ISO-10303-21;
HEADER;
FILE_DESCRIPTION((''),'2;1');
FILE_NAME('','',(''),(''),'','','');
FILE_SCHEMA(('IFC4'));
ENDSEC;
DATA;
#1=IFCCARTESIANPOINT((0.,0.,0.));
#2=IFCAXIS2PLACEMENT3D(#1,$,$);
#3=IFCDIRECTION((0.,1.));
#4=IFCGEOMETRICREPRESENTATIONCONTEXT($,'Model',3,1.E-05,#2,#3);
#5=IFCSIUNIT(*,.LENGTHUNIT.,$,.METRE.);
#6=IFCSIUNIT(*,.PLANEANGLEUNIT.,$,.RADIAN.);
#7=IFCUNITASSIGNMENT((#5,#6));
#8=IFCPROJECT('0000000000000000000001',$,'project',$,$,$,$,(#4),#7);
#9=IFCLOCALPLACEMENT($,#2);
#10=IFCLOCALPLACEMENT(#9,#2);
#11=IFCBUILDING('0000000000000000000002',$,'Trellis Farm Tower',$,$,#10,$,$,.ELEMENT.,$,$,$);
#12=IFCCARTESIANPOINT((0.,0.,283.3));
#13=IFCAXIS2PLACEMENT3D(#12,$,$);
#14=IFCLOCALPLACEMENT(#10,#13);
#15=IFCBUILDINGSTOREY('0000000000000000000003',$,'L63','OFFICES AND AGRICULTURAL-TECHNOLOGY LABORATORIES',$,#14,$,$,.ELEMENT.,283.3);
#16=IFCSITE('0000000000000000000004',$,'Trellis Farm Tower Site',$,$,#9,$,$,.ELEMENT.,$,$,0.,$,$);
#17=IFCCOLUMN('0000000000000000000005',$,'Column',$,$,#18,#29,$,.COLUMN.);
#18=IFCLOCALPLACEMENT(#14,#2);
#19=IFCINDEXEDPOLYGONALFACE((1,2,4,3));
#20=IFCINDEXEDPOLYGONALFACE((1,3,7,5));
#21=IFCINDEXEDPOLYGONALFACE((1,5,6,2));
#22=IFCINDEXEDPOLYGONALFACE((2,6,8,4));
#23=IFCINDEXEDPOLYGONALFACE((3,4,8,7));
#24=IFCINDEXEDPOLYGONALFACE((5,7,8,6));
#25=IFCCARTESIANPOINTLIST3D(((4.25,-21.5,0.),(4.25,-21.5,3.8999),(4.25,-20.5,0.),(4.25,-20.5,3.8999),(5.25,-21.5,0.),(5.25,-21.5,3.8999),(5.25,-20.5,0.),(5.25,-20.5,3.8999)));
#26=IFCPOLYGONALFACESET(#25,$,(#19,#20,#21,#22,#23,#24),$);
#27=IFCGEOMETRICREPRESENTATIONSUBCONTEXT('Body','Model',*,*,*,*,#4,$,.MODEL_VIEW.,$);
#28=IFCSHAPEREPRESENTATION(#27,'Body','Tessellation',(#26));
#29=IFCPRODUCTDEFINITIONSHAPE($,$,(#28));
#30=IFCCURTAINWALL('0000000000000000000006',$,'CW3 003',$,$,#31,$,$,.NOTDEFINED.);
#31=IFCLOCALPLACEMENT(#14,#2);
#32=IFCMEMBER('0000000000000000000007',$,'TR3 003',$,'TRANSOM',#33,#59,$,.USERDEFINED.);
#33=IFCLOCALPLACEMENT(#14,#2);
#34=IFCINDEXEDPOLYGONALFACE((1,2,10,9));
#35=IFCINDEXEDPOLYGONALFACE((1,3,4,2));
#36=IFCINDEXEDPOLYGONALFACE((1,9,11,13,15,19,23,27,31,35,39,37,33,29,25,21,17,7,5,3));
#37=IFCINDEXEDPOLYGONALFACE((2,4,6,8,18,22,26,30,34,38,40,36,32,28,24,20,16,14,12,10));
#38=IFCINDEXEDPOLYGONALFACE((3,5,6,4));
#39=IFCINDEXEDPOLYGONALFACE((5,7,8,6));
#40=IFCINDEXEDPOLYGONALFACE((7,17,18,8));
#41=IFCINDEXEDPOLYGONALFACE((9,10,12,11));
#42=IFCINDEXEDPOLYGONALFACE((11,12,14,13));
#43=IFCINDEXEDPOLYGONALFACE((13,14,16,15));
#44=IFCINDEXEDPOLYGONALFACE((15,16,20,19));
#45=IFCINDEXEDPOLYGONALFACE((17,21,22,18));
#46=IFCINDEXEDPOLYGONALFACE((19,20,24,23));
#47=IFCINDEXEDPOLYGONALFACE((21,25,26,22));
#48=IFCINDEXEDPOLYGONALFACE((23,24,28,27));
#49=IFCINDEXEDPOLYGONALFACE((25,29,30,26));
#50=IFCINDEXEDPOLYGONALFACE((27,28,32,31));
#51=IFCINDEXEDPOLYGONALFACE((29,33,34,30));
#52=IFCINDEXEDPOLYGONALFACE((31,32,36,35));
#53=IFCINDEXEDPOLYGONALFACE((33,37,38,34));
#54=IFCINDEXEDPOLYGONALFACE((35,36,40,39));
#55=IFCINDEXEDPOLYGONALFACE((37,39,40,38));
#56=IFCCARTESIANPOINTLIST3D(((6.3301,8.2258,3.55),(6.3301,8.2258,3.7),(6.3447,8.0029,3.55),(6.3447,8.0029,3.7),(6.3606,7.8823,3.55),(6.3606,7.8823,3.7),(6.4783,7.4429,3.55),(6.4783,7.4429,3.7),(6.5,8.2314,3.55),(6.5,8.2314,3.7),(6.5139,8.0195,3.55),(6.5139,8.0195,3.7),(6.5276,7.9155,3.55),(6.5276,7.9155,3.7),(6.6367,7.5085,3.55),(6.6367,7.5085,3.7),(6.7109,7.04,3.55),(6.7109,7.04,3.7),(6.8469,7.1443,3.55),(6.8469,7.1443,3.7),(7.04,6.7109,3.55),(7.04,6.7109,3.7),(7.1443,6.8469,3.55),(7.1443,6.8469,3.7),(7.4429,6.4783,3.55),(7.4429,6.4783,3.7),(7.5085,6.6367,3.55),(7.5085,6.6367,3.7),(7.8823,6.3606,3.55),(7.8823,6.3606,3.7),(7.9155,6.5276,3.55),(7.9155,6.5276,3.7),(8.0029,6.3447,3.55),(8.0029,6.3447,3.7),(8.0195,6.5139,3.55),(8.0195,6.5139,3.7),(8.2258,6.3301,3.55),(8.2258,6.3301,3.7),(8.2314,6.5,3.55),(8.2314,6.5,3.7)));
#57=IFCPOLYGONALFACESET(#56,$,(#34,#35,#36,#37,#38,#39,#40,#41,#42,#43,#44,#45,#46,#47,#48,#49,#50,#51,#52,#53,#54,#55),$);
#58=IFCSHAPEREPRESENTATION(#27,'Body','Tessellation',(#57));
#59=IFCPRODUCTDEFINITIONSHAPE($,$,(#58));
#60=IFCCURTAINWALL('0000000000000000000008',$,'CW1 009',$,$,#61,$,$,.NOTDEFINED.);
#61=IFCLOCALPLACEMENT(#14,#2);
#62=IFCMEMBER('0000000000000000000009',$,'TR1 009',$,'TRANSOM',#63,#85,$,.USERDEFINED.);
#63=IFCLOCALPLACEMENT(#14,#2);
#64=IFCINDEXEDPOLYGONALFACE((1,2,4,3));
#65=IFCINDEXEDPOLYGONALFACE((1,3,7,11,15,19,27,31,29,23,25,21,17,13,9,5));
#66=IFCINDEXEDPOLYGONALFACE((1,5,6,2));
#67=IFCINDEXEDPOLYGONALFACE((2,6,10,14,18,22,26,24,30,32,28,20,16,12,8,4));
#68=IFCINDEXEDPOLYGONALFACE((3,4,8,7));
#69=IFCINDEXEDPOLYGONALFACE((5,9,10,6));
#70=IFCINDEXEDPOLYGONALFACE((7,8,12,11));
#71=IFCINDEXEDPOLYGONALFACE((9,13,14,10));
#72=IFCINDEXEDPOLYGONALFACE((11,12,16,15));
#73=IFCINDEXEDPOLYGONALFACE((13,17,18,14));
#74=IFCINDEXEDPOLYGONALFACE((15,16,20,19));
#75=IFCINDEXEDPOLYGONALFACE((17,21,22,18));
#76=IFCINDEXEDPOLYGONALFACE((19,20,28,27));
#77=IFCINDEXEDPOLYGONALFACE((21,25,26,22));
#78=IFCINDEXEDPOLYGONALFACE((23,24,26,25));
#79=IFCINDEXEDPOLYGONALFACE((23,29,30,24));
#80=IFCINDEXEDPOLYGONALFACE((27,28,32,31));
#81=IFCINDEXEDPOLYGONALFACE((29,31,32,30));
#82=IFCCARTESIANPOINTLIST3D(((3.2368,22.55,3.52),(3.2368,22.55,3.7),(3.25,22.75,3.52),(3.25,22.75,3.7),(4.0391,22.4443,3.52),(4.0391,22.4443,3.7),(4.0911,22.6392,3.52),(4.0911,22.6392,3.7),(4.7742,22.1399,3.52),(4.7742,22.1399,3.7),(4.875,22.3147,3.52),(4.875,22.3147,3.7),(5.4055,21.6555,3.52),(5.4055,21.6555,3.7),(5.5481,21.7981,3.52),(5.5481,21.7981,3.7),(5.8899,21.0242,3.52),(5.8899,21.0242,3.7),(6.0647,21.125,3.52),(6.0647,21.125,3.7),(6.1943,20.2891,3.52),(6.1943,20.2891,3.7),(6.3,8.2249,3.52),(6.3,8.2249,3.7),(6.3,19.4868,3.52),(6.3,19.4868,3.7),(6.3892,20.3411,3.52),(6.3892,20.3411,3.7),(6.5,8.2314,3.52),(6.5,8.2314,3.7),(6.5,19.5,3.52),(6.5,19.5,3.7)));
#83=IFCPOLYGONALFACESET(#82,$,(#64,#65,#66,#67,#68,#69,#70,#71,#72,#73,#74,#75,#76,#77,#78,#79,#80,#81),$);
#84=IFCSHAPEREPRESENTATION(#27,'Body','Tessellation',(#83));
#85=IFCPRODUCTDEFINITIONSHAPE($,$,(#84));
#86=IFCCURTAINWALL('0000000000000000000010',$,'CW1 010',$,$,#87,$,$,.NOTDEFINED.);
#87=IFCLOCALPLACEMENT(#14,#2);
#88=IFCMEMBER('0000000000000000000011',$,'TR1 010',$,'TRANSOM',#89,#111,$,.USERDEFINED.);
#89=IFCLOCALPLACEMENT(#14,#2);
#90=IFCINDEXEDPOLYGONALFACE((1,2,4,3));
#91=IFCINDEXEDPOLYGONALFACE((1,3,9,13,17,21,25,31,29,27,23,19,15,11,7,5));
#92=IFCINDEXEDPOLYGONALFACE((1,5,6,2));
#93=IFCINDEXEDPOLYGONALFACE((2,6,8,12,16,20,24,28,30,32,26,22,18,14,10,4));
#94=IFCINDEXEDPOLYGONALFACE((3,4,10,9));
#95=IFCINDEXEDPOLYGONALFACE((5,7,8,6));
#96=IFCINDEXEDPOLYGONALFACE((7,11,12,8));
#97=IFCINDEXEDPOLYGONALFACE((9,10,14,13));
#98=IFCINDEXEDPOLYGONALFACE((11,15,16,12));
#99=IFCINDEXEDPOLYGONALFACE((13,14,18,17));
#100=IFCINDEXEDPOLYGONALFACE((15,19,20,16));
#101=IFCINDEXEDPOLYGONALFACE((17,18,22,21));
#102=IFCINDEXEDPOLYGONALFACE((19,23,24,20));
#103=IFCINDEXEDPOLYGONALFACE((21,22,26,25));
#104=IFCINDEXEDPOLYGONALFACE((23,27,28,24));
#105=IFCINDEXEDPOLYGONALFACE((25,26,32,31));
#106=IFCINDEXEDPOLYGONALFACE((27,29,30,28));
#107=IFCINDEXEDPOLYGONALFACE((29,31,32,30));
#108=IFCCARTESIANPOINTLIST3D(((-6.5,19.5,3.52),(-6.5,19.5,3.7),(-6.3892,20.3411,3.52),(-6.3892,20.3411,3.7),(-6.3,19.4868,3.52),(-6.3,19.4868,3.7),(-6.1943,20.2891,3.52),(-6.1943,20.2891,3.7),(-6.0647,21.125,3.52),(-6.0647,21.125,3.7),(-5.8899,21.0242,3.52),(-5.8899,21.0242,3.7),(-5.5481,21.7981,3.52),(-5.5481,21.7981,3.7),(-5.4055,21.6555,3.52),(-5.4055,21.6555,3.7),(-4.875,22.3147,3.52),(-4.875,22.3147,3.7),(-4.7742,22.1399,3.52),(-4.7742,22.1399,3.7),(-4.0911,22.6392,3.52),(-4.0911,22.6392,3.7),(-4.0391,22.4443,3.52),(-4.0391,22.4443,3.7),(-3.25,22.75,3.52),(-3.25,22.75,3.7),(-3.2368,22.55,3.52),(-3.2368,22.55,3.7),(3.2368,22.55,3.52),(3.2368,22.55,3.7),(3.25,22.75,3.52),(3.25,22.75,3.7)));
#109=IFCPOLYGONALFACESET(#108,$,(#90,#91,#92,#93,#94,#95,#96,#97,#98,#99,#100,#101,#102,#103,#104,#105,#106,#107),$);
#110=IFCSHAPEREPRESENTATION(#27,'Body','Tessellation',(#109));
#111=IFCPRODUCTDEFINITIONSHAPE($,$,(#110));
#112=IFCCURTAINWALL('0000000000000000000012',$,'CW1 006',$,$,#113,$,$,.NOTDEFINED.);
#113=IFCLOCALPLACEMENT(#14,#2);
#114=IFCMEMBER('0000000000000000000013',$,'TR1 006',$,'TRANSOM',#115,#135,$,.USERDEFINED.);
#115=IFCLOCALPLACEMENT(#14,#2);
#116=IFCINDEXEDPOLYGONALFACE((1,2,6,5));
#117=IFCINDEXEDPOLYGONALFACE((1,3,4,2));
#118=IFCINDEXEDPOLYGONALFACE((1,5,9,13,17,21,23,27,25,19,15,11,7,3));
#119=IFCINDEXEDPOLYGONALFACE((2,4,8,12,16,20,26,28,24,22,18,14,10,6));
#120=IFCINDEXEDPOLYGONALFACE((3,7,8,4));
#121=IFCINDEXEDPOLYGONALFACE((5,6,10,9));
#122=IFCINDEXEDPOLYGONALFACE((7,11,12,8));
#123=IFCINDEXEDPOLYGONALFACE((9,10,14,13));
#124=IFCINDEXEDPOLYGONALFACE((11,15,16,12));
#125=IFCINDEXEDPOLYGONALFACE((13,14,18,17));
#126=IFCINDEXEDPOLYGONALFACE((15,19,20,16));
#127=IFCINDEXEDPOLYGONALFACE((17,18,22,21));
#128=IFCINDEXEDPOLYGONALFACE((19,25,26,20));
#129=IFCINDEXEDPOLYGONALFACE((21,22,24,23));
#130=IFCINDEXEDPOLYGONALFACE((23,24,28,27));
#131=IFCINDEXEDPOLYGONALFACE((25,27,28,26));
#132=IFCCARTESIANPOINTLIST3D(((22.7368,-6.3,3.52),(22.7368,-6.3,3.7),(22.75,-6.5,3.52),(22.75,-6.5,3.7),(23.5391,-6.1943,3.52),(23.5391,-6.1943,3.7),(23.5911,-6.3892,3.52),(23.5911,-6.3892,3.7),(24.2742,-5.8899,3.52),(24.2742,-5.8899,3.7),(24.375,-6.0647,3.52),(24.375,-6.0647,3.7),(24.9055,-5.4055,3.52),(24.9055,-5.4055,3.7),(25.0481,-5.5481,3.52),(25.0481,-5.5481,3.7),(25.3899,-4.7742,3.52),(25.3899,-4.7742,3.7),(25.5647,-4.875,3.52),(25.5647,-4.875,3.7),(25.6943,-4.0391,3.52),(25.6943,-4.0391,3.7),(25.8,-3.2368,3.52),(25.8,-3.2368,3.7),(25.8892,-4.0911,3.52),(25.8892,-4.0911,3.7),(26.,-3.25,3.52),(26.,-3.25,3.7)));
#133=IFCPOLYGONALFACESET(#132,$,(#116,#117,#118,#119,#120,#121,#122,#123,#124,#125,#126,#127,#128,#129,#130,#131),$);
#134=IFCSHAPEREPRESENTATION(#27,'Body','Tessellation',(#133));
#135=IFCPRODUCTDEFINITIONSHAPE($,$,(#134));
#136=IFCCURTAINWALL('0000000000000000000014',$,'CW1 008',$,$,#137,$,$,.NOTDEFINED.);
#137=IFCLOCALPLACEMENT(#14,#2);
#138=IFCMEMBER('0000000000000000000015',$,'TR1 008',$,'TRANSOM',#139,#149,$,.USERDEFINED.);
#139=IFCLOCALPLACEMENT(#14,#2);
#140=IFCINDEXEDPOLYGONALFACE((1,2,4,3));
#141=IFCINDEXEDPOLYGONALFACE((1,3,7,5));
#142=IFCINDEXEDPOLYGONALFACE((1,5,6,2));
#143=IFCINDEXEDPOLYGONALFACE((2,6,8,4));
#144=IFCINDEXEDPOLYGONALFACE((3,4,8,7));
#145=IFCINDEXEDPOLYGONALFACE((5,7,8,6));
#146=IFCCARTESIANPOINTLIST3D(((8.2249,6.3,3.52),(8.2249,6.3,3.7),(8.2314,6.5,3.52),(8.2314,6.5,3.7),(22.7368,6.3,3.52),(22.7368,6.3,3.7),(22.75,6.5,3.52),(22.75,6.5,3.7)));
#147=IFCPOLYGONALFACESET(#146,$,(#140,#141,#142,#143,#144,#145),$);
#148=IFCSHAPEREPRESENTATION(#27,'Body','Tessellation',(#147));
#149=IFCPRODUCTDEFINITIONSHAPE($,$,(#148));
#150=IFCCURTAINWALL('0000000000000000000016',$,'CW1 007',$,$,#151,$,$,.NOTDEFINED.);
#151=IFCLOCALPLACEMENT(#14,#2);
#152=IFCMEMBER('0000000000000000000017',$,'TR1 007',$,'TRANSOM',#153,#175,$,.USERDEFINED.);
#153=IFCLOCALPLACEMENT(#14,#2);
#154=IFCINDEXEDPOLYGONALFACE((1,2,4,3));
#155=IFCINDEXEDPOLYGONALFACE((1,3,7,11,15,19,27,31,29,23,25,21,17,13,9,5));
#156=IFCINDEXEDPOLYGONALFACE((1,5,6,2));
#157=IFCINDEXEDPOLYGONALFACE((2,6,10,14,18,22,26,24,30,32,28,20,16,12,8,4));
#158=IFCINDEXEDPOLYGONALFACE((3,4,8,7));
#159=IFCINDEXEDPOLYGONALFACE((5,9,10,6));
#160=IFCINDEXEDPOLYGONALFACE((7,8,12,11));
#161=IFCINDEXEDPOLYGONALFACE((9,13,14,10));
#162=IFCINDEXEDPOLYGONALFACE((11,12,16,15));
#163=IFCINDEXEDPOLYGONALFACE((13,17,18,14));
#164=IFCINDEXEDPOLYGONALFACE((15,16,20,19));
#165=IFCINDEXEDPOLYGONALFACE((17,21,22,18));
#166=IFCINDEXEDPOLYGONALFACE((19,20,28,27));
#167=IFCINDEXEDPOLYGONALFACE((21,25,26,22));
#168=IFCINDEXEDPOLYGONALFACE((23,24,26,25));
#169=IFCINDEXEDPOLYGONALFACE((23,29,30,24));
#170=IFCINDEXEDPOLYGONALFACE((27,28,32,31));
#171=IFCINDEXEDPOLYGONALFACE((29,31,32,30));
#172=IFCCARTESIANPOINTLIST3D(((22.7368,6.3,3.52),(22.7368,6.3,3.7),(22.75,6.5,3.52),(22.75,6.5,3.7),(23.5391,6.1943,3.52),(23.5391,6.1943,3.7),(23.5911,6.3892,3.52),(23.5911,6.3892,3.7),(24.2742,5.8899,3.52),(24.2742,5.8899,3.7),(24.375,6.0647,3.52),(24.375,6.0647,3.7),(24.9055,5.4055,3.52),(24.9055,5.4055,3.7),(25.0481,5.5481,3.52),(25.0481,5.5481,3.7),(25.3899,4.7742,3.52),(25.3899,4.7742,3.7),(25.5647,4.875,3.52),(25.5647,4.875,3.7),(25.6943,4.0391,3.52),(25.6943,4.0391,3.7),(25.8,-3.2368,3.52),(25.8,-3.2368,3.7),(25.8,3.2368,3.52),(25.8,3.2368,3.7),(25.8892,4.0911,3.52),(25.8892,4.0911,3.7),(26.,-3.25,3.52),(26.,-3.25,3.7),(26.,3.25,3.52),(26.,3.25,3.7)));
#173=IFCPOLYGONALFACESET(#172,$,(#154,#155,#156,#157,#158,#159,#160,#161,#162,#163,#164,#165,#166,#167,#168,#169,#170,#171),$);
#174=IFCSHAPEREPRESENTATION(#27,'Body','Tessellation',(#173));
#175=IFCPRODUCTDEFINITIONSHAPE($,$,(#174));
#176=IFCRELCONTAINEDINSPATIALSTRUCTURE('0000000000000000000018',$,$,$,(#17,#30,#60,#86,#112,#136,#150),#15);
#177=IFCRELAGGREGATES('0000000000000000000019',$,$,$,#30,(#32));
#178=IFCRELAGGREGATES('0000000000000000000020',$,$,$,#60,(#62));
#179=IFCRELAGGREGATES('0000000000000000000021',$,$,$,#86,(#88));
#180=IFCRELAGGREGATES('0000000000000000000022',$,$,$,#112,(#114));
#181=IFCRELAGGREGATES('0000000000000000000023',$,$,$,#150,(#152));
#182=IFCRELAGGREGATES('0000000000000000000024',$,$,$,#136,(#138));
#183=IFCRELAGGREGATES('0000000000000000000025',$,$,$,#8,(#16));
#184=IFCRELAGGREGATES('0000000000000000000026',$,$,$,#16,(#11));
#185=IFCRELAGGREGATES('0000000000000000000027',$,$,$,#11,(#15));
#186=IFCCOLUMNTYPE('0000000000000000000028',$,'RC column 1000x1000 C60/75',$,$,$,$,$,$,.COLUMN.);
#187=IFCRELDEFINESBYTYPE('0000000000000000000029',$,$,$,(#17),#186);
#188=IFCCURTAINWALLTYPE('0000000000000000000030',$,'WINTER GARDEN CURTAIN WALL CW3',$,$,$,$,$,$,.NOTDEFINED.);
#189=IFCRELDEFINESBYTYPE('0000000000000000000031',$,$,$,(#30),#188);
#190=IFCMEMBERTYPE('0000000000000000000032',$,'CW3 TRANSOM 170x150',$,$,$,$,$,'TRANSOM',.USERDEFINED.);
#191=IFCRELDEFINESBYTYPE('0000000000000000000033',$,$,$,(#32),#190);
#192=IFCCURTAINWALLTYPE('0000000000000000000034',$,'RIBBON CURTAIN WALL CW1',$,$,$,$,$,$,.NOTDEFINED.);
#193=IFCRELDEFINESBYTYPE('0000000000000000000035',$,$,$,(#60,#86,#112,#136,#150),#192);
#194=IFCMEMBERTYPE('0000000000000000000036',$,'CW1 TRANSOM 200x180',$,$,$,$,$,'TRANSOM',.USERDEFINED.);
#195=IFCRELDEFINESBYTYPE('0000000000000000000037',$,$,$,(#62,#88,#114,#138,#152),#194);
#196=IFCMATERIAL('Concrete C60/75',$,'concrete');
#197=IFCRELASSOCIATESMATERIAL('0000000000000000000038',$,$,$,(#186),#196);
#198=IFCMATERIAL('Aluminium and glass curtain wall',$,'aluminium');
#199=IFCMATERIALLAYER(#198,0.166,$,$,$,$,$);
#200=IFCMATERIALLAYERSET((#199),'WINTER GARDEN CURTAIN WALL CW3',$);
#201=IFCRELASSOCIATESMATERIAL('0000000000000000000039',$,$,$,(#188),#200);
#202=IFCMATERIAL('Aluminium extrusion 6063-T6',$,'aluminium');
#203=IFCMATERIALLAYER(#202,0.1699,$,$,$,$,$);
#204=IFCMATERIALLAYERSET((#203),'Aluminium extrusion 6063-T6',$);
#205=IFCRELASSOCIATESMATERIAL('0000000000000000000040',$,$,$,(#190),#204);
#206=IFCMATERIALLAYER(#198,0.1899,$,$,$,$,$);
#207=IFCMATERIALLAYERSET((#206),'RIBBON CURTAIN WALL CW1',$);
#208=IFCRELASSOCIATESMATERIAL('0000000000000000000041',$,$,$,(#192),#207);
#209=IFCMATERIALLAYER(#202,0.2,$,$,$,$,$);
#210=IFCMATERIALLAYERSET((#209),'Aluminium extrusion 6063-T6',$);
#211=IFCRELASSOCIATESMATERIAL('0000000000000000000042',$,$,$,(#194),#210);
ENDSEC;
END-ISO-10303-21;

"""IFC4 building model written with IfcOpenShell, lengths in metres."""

from ifc_helpers import new_model, si_unit, direction, frame, origin, origin_2d, place, context, subcontext, project, spatial, polyline, rectangle, outline, extrude, source, transform, mapped, material, layer, layer_set, material_profile, profile_set, type_object, element, aggregate, save


model = new_model("IFC4")

# Units and contexts
model_context = context("Model", 3, precision=1e-05, world=origin(), true_north=direction((0.0, 1.0)))
body_context = subcontext(model_context, "Body", "Model", "MODEL_VIEW")
ifc_project = project(units=[si_unit("LENGTHUNIT", "METRE"), si_unit("PLANEANGLEUNIT", "RADIAN")], contexts=[model_context])

# Site, building, storey
site_placement = place(None, origin())
site = spatial("IfcSite", under=ifc_project, at=site_placement, Name="Trellis Farm Tower Site", CompositionType="ELEMENT", RefElevation=0.0)
building_placement = place(site_placement, origin())
building = spatial("IfcBuilding", under=site, at=building_placement, Name="Trellis Farm Tower", CompositionType="ELEMENT")
storey_placement = place(building_placement, frame((0.0, 0.0, 283.3)))
storey = spatial("IfcBuildingStorey", under=building, at=storey_placement, Name="L63", Description="OFFICES AND AGRICULTURAL-TECHNOLOGY LABORATORIES", CompositionType="ELEMENT", Elevation=283.3)

# Column
ifc_material_1 = material(Name="Concrete C60/75", Category="concrete")
ifc_material_profile = material_profile(ifc_material_1, rectangle(XDim=1.0, YDim=1.0, at=origin_2d()), Name="RC column 1000x1000 C60/75")
ifc_profile_set = profile_set([ifc_material_profile], Name="Concrete C60/75")
column_type = type_object("IfcColumnType", Name="RC column 1000x1000 C60/75", PredefinedType="COLUMN", material=ifc_profile_set)
shared_shape_1 = source(origin(), body_context, "Body", "SweptSolid", [
    extrude(rectangle(XDim=1.0, YDim=1.0, at=origin_2d()), origin(), (0.0, 0.0, 1.0), 3.8999),
])
column_placement = place(storey_placement, frame((4.75, -21.0, 0.0), z_axis=(0.0, 0.0, 1.0), x_axis=(1.0, 0.0, 0.0)))
element("IfcColumn", 1, at=column_placement, inside=storey, type_object=column_type, Name="Column", PredefinedType="COLUMN", context=body_context, shape_type="MappedRepresentation", body=[
    mapped(shared_shape_1, transform((0.0, 0.0, 0.0))),
])

# Curtain walls, members
ifc_material_2 = material(Name="Aluminium and glass curtain wall", Category="aluminium")
ifc_layer_1 = layer(ifc_material_2, 0.166)
ifc_layer_set_1 = layer_set([ifc_layer_1], Name="WINTER GARDEN CURTAIN WALL CW3")
curtain_wall_type_1 = type_object("IfcCurtainWallType", Name="WINTER GARDEN CURTAIN WALL CW3", PredefinedType="NOTDEFINED", material=ifc_layer_set_1)
placement_1 = place(storey_placement, origin())
curtain_wall_1 = element("IfcCurtainWall", 2, at=placement_1, inside=storey, type_object=curtain_wall_type_1, Name="CW3 003", PredefinedType="NOTDEFINED")
ifc_material_3 = material(Name="Aluminium extrusion 6063-T6", Category="aluminium")
ifc_layer_2 = layer(ifc_material_3, 0.1699)
ifc_layer_set_2 = layer_set([ifc_layer_2], Name="Aluminium extrusion 6063-T6")
member_type_1 = type_object("IfcMemberType", Name="CW3 TRANSOM 170x150", ElementType="TRANSOM", PredefinedType="USERDEFINED", material=ifc_layer_set_2)
shared_shape_2 = source(origin(), body_context, "Body", "SweptSolid", [
    extrude(outline(polyline([(8.2314, 6.5), (8.0195, 6.5139), (7.9155, 6.5276), (7.5085, 6.6367), (7.1443, 6.8469), (6.8469, 7.1443), (6.6367, 7.5085), (6.5276, 7.9155), (6.5139, 8.0195), (6.5, 8.2314), (6.3301, 8.2258), (6.3447, 8.0029), (6.3606, 7.8823), (6.4783, 7.4429), (6.7109, 7.04), (7.04, 6.7109), (7.4429, 6.4783), (7.8823, 6.3606), (8.0029, 6.3447), (8.2258, 6.3301), (8.2314, 6.5)])), origin(), (0.0, 0.0, 1.0), 0.1499),
])
member_1_placement = place(storey_placement, frame((0.0, 0.0, 3.55)))
member_1 = element("IfcMember", 3, at=member_1_placement, type_object=member_type_1, Name="TR3 003", ObjectType="TRANSOM", PredefinedType="USERDEFINED", context=body_context, shape_type="MappedRepresentation", body=[
    mapped(shared_shape_2, transform((0.0, 0.0, 0.0))),
])
ifc_layer_3 = layer(ifc_material_2, 0.1899)
ifc_layer_set_3 = layer_set([ifc_layer_3], Name="RIBBON CURTAIN WALL CW1")
curtain_wall_type_2 = type_object("IfcCurtainWallType", Name="RIBBON CURTAIN WALL CW1", PredefinedType="NOTDEFINED", material=ifc_layer_set_3)
curtain_wall_2 = element("IfcCurtainWall", 4, at=placement_1, inside=storey, type_object=curtain_wall_type_2, Name="CW1 009", PredefinedType="NOTDEFINED")
ifc_layer_4 = layer(ifc_material_3, 0.2)
ifc_layer_set_4 = layer_set([ifc_layer_4], Name="Aluminium extrusion 6063-T6")
member_type_2 = type_object("IfcMemberType", Name="CW1 TRANSOM 200x180", ElementType="TRANSOM", PredefinedType="USERDEFINED", material=ifc_layer_set_4)
shared_shape_3 = source(origin(), body_context, "Body", "SweptSolid", [
    extrude(outline(polyline([(6.5, 8.2314), (6.5, 19.5), (6.3892, 20.3411), (6.0647, 21.125), (5.5481, 21.7981), (4.875, 22.3147), (4.0911, 22.6392), (3.25, 22.75), (3.2368, 22.55), (4.0391, 22.4443), (4.7742, 22.1399), (5.4055, 21.6555), (5.8899, 21.0242), (6.1943, 20.2891), (6.3, 19.4868), (6.3, 8.2249), (6.5, 8.2314)])), origin(), (0.0, 0.0, 1.0), 0.1799),
])
placement_2 = place(storey_placement, frame((0.0, 0.0, 3.52)))
member_2 = element("IfcMember", 5, at=placement_2, type_object=member_type_2, Name="TR1 009", ObjectType="TRANSOM", PredefinedType="USERDEFINED", context=body_context, shape_type="MappedRepresentation", body=[
    mapped(shared_shape_3, transform((0.0, 0.0, 0.0))),
])
curtain_wall_3 = element("IfcCurtainWall", 6, at=placement_1, inside=storey, type_object=curtain_wall_type_2, Name="CW1 010", PredefinedType="NOTDEFINED")
shared_shape_4 = source(origin(), body_context, "Body", "SweptSolid", [
    extrude(outline(polyline([(3.25, 22.75), (-3.25, 22.75), (-4.0911, 22.6392), (-4.875, 22.3147), (-5.5481, 21.7981), (-6.0647, 21.125), (-6.3892, 20.3411), (-6.5, 19.5), (-6.3, 19.4868), (-6.1943, 20.2891), (-5.8899, 21.0242), (-5.4055, 21.6555), (-4.7742, 22.1399), (-4.0391, 22.4443), (-3.2368, 22.55), (3.2368, 22.55), (3.25, 22.75)])), origin(), (0.0, 0.0, 1.0), 0.1799),
])
member_3 = element("IfcMember", 7, at=placement_2, type_object=member_type_2, Name="TR1 010", ObjectType="TRANSOM", PredefinedType="USERDEFINED", context=body_context, shape_type="MappedRepresentation", body=[
    mapped(shared_shape_4, transform((0.0, 0.0, 0.0))),
])
curtain_wall_4 = element("IfcCurtainWall", 8, at=placement_1, inside=storey, type_object=curtain_wall_type_2, Name="CW1 006", PredefinedType="NOTDEFINED")
shared_shape_5 = source(origin(), body_context, "Body", "SweptSolid", [
    extrude(outline(polyline([(22.75, -6.5), (23.5911, -6.3892), (24.375, -6.0647), (25.0481, -5.5481), (25.5647, -4.875), (25.8892, -4.0911), (26.0, -3.25), (25.8, -3.2368), (25.6943, -4.0391), (25.3899, -4.7742), (24.9055, -5.4055), (24.2742, -5.8899), (23.5391, -6.1943), (22.7368, -6.3), (22.75, -6.5)])), origin(), (0.0, 0.0, 1.0), 0.1799),
])
member_4 = element("IfcMember", 9, at=placement_2, type_object=member_type_2, Name="TR1 006", ObjectType="TRANSOM", PredefinedType="USERDEFINED", context=body_context, shape_type="MappedRepresentation", body=[
    mapped(shared_shape_5, transform((0.0, 0.0, 0.0))),
])
curtain_wall_5 = element("IfcCurtainWall", 10, at=placement_1, inside=storey, type_object=curtain_wall_type_2, Name="CW1 008", PredefinedType="NOTDEFINED")
shared_shape_6 = source(origin(), body_context, "Body", "SweptSolid", [
    extrude(outline(polyline([(22.75, 6.5), (8.2314, 6.5), (8.2249, 6.3), (22.7368, 6.3), (22.75, 6.5)])), origin(), (0.0, 0.0, 1.0), 0.1799),
])
member_5 = element("IfcMember", 11, at=placement_2, type_object=member_type_2, Name="TR1 008", ObjectType="TRANSOM", PredefinedType="USERDEFINED", context=body_context, shape_type="MappedRepresentation", body=[
    mapped(shared_shape_6, transform((0.0, 0.0, 0.0))),
])
curtain_wall_6 = element("IfcCurtainWall", 12, at=placement_1, inside=storey, type_object=curtain_wall_type_2, Name="CW1 007", PredefinedType="NOTDEFINED")
shared_shape_7 = source(origin(), body_context, "Body", "SweptSolid", [
    extrude(outline(polyline([(26.0, -3.25), (26.0, 3.25), (25.8892, 4.0911), (25.5647, 4.875), (25.0481, 5.5481), (24.375, 6.0647), (23.5911, 6.3892), (22.75, 6.5), (22.7368, 6.3), (23.5391, 6.1943), (24.2742, 5.8899), (24.9055, 5.4055), (25.3899, 4.7742), (25.6943, 4.0391), (25.8, 3.2368), (25.8, -3.2368), (26.0, -3.25)])), origin(), (0.0, 0.0, 1.0), 0.1799),
])
member_6 = element("IfcMember", 13, at=placement_2, type_object=member_type_2, Name="TR1 007", ObjectType="TRANSOM", PredefinedType="USERDEFINED", context=body_context, shape_type="MappedRepresentation", body=[
    mapped(shared_shape_7, transform((0.0, 0.0, 0.0))),
])

aggregate(curtain_wall_1, [member_1])
aggregate(curtain_wall_2, [member_2])
aggregate(curtain_wall_3, [member_3])
aggregate(curtain_wall_4, [member_4])
aggregate(curtain_wall_6, [member_6])
aggregate(curtain_wall_5, [member_5])

save(model, "model.ifc")
